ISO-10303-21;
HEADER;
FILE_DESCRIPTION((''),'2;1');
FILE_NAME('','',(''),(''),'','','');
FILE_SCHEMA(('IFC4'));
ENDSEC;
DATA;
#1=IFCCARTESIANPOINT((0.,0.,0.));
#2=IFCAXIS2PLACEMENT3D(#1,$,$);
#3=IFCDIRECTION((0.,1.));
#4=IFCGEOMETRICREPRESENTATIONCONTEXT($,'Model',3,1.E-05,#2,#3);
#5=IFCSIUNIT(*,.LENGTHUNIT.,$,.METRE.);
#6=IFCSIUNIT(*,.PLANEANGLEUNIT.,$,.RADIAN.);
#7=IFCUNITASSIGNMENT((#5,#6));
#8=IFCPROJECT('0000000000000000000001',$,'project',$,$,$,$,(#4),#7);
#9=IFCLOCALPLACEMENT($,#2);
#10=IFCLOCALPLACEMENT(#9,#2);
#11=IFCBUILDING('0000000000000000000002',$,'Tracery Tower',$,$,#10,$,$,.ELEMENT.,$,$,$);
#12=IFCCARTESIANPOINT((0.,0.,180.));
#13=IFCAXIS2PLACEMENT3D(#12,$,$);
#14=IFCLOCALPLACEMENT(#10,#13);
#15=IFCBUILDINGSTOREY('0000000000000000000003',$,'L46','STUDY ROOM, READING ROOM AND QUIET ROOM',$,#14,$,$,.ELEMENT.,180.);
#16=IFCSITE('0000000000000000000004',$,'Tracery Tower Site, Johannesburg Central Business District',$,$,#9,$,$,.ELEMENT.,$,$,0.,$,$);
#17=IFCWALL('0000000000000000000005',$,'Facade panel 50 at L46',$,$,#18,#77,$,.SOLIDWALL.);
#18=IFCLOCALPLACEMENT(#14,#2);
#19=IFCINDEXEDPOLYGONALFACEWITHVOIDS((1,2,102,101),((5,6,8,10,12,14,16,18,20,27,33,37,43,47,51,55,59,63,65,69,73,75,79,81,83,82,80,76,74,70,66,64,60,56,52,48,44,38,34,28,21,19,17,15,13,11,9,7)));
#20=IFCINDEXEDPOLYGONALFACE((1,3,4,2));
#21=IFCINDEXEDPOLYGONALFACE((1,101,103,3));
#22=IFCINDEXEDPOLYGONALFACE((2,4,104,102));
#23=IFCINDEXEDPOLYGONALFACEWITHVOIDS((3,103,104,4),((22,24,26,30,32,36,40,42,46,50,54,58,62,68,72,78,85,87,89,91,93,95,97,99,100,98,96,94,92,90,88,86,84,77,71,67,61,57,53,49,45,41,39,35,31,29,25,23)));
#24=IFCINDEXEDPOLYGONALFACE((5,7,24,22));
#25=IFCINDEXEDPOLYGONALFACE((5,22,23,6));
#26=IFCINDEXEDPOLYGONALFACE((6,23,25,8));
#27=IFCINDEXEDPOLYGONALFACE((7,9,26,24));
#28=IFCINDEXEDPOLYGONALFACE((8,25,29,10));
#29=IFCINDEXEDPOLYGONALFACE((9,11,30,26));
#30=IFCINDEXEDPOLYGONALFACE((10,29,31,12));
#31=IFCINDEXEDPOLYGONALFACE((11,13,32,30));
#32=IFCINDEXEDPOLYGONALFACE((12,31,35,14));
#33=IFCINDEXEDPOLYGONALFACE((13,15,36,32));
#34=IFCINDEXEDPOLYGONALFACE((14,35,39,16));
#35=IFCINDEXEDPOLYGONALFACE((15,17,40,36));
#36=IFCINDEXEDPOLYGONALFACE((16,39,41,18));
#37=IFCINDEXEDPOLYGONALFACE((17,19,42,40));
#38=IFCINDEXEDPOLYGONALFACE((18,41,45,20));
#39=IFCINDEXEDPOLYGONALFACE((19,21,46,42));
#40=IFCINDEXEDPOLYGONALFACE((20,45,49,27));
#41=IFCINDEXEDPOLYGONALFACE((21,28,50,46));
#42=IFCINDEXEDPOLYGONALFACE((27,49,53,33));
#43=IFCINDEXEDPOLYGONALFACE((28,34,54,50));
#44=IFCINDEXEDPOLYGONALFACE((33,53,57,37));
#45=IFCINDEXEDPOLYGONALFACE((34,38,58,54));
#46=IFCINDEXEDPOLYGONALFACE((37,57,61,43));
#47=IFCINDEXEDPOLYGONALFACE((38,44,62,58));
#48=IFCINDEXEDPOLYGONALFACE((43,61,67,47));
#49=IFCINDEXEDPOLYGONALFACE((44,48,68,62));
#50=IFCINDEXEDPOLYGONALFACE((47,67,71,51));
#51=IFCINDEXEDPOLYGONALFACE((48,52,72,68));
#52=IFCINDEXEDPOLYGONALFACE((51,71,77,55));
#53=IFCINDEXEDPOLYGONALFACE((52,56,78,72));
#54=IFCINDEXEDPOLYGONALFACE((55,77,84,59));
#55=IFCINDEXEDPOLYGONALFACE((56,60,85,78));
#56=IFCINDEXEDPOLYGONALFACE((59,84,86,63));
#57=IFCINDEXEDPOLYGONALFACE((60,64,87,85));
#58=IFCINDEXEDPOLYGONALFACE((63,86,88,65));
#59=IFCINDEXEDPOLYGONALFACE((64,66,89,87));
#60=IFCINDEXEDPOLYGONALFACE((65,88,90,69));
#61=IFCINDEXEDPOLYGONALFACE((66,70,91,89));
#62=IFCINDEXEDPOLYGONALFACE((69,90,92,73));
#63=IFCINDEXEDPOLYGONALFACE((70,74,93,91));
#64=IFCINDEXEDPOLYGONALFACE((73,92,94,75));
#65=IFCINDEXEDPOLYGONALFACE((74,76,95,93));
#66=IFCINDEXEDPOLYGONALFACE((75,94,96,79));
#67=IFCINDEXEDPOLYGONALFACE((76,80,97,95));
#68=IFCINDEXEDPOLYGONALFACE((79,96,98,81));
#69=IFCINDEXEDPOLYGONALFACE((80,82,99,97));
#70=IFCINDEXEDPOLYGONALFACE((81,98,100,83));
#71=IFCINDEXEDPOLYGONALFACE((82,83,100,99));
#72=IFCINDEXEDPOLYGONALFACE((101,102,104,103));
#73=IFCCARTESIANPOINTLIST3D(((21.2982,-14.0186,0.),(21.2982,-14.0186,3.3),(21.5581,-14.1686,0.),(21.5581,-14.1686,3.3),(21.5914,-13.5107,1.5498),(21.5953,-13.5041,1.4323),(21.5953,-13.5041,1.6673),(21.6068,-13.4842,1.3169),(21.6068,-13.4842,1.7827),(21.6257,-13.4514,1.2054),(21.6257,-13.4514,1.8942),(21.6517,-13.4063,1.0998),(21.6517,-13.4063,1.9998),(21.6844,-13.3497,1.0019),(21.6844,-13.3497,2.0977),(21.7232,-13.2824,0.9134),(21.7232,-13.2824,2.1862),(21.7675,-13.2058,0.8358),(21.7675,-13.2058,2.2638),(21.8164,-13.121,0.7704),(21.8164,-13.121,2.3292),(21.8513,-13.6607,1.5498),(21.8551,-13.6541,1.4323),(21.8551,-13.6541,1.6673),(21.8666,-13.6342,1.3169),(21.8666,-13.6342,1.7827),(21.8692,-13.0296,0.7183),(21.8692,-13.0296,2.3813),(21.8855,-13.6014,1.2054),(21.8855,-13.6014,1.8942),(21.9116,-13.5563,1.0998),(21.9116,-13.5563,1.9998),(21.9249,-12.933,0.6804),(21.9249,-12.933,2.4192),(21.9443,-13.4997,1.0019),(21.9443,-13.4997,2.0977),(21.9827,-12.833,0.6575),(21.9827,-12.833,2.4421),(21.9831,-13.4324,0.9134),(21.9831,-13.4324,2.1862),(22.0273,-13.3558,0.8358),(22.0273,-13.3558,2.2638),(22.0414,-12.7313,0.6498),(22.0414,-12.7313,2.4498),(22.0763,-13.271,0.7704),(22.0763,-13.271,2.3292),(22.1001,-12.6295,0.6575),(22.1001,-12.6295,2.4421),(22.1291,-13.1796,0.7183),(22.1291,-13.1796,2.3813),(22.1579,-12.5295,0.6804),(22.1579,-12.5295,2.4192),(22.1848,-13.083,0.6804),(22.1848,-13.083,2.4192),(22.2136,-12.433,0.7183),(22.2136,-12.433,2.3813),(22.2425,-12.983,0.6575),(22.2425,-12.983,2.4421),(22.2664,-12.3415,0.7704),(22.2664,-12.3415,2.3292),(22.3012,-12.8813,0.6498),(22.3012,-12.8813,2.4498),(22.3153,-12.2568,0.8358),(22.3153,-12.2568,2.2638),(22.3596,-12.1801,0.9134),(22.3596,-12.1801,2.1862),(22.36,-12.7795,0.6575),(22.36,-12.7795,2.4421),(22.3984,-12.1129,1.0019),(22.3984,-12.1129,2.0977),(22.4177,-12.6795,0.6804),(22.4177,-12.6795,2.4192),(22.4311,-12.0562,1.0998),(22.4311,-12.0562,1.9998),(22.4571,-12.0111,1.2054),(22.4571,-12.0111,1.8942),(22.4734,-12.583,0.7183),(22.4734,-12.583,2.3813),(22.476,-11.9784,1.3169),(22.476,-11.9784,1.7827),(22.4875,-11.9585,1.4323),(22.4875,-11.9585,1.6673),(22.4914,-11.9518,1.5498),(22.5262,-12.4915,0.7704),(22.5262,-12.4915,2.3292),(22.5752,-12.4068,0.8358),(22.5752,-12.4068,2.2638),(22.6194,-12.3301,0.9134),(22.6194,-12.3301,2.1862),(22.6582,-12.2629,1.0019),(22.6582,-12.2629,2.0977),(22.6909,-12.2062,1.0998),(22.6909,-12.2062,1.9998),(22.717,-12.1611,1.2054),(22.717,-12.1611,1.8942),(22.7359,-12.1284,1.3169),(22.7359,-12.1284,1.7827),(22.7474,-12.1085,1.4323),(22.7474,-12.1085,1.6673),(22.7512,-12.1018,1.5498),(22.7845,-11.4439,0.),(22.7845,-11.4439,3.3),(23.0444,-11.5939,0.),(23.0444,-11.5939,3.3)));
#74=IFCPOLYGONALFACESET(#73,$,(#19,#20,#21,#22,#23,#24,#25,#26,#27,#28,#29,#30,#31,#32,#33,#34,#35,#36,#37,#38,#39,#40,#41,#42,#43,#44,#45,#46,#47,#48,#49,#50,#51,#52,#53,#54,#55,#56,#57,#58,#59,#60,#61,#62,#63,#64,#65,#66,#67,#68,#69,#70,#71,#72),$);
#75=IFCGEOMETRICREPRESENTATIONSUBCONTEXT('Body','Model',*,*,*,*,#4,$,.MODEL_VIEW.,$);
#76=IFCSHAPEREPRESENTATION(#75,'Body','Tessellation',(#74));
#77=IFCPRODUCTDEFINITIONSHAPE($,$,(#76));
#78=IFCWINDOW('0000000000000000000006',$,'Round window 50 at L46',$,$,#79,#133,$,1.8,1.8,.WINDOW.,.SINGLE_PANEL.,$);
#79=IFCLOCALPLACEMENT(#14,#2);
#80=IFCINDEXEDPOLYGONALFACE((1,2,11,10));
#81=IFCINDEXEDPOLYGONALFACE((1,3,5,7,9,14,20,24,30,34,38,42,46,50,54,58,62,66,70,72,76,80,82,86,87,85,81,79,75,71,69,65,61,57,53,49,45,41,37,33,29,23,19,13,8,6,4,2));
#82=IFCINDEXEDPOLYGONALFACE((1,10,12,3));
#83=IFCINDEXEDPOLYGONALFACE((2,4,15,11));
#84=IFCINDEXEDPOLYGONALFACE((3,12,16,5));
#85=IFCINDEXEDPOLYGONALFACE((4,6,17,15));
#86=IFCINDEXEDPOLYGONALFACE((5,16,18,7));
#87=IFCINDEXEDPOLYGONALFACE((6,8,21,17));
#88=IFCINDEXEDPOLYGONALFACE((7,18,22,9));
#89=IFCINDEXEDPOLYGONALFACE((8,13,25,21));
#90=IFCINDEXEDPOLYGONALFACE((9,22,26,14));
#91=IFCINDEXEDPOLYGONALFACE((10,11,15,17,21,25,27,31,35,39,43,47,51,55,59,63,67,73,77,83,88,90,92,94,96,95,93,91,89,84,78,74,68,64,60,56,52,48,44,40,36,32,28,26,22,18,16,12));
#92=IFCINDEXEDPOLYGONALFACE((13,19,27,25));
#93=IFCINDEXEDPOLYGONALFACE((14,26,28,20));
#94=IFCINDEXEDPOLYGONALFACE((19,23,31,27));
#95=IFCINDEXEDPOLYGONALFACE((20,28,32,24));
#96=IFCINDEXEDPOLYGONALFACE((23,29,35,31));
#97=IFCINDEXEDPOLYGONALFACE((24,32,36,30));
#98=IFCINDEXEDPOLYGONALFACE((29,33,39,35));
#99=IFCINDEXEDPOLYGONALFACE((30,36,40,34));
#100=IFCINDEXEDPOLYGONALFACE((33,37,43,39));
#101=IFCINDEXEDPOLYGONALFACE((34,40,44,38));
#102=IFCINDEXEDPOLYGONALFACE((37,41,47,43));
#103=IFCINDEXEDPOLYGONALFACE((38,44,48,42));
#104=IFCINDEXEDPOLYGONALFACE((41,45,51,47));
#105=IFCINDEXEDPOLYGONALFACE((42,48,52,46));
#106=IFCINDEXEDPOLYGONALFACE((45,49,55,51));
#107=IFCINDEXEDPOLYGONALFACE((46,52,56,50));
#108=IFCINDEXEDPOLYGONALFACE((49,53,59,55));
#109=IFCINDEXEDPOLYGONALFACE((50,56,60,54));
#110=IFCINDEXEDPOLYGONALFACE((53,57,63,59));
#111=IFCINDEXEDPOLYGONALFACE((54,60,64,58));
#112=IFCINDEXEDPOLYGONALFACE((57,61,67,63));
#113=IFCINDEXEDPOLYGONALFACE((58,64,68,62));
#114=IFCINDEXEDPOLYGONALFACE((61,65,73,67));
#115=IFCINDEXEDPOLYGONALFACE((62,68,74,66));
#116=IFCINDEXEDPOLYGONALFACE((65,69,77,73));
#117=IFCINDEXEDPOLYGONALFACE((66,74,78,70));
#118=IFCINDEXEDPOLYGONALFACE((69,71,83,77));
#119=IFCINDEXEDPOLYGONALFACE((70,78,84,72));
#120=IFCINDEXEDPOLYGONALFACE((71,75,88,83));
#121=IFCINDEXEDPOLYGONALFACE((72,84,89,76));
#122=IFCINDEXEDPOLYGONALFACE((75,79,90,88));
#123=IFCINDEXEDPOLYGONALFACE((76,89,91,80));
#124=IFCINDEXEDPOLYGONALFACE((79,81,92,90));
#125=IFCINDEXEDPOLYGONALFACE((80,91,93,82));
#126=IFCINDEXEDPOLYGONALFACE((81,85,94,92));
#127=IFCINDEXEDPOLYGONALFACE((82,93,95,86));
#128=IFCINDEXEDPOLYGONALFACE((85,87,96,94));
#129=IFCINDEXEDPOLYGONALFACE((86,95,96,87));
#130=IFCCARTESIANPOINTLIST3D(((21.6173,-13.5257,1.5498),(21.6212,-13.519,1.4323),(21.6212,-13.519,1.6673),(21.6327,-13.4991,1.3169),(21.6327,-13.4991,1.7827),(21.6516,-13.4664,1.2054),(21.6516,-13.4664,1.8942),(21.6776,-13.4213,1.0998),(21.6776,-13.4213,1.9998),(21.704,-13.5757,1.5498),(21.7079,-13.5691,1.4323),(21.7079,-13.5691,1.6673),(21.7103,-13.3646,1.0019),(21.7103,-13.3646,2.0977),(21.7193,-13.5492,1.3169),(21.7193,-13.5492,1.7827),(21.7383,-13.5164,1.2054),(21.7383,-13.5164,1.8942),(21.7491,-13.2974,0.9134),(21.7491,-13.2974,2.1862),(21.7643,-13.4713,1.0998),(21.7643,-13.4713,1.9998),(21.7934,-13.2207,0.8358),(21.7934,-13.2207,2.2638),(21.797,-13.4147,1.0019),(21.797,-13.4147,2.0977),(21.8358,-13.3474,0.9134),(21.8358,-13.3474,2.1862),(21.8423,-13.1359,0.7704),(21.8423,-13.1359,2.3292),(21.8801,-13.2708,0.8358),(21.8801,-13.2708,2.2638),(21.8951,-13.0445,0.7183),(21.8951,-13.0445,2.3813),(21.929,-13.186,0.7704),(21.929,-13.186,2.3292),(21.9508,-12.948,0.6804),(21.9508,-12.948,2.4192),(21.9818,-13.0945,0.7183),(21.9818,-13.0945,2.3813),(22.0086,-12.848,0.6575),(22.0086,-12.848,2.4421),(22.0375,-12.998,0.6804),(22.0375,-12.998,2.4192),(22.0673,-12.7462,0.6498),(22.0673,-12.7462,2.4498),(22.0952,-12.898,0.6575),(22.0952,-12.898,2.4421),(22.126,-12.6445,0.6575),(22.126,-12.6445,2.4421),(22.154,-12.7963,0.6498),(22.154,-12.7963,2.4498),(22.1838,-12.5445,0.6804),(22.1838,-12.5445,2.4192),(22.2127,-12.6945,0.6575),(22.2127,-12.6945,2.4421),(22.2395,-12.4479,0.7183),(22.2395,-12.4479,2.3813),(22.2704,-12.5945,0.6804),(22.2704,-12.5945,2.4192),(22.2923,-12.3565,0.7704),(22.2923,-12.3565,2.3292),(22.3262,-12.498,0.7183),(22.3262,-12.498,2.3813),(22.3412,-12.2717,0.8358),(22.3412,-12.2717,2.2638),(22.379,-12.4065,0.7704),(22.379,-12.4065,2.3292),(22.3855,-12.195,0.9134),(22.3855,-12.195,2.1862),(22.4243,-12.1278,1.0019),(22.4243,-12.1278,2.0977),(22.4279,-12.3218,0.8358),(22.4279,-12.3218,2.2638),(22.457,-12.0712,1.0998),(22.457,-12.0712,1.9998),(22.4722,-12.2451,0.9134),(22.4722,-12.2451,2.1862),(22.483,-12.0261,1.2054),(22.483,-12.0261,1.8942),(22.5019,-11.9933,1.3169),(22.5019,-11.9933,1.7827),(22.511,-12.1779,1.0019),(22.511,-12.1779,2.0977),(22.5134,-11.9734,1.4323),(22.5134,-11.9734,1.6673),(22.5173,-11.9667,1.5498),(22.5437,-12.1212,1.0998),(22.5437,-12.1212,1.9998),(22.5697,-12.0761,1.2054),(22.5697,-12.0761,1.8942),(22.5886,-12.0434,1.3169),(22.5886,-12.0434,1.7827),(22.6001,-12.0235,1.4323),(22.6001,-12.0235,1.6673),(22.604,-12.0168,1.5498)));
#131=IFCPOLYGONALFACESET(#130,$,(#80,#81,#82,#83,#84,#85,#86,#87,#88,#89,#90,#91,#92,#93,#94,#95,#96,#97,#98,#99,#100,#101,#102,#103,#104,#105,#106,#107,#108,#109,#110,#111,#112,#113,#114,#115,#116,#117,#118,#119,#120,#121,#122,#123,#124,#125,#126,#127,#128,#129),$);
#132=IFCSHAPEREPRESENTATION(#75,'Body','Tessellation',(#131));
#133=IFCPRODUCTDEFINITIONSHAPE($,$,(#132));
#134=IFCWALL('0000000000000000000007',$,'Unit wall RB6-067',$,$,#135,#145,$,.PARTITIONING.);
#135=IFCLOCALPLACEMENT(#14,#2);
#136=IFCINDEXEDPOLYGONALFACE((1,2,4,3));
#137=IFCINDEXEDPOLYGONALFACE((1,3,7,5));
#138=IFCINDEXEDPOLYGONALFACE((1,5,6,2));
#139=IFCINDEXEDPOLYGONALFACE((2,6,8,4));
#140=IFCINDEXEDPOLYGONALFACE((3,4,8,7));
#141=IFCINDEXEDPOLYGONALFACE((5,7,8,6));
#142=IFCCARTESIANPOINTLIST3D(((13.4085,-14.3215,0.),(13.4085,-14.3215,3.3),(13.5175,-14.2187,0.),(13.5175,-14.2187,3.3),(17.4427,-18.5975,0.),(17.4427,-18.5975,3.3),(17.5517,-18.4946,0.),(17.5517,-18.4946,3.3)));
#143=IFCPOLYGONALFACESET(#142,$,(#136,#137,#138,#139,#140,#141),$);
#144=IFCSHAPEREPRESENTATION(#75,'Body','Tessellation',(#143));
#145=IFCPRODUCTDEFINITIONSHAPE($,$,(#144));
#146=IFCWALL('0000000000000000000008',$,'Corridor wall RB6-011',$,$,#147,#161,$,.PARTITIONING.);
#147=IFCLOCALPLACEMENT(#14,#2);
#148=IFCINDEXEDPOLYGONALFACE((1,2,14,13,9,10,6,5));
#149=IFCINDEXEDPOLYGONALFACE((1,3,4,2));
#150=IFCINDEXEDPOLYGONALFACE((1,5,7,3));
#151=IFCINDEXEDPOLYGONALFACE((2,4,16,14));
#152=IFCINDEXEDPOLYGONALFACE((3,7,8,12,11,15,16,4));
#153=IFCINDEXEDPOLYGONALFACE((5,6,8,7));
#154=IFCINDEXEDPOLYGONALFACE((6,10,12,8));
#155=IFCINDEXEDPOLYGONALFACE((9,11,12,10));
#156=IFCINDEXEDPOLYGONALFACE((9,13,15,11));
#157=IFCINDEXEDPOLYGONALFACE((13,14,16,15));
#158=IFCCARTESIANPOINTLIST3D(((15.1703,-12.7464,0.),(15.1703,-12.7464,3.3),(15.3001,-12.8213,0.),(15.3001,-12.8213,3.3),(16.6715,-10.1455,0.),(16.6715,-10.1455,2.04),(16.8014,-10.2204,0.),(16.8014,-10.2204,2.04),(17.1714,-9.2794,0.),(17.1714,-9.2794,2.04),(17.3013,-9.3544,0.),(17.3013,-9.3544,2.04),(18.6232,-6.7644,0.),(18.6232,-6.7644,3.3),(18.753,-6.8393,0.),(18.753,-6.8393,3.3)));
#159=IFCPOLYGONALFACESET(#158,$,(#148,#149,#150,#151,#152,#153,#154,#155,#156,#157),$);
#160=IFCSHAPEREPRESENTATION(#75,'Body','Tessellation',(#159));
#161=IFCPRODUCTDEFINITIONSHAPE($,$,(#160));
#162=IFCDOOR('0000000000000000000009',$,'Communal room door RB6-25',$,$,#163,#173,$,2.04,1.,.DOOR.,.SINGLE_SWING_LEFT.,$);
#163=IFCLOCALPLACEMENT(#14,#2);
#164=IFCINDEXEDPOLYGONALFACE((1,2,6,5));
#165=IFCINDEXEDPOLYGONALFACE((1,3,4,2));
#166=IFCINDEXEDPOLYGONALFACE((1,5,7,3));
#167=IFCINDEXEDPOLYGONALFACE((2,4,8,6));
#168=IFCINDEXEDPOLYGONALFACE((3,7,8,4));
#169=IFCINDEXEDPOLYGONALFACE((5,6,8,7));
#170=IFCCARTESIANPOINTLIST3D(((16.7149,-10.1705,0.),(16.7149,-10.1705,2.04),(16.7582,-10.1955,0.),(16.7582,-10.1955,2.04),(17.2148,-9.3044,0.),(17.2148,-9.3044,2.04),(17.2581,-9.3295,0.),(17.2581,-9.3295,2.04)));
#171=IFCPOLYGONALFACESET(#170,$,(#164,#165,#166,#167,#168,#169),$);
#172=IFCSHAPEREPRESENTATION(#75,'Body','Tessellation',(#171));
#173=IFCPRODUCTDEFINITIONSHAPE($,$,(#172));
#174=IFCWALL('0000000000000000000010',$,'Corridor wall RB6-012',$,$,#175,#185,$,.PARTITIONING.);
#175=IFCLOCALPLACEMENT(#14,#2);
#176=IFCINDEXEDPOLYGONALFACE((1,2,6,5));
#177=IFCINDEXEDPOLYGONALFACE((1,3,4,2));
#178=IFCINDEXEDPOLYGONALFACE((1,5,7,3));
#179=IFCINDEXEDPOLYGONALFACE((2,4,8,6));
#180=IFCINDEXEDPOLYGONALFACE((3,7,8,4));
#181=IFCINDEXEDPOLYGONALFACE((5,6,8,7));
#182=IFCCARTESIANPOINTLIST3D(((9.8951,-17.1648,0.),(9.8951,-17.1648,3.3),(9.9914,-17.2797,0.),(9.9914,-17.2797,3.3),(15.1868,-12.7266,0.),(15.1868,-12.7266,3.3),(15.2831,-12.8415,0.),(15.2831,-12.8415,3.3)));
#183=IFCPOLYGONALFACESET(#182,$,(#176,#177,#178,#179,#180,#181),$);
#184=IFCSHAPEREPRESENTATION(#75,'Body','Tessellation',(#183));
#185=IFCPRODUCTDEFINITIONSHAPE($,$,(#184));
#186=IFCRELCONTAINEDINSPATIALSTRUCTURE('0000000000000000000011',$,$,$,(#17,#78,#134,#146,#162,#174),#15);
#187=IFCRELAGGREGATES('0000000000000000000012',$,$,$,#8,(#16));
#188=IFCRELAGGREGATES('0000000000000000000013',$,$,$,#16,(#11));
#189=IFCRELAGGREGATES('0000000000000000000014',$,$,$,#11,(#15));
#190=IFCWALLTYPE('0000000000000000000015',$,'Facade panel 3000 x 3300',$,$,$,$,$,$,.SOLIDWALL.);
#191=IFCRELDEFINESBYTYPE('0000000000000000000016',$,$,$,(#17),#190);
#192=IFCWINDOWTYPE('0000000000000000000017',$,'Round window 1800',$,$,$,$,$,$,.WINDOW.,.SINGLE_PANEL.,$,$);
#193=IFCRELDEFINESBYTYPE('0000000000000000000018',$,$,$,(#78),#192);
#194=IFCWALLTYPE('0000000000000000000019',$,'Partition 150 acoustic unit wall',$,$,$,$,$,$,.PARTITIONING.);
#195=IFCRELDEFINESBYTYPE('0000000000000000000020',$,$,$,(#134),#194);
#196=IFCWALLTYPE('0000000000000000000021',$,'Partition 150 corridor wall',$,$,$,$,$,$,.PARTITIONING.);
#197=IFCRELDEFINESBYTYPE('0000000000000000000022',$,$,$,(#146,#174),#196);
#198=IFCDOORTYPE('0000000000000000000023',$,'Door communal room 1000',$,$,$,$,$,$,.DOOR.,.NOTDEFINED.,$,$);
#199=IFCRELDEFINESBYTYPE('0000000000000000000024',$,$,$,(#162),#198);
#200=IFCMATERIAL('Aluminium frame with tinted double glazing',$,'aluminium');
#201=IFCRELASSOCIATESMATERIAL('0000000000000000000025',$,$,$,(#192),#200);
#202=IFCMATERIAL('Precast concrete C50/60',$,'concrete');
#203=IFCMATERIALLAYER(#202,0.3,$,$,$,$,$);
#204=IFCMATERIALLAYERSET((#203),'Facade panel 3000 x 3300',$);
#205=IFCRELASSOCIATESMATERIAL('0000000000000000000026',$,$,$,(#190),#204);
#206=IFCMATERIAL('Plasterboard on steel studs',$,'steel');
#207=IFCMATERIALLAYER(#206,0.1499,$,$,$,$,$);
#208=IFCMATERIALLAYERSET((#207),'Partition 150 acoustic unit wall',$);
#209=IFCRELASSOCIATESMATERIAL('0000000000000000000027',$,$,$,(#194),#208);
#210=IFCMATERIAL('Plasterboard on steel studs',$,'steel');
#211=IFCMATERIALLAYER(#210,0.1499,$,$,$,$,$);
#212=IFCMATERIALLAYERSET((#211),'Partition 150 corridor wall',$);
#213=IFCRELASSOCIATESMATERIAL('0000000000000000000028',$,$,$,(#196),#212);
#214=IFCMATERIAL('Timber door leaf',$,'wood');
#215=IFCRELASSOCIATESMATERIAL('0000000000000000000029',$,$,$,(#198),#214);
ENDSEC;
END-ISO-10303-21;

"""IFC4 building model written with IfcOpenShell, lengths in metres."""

from ifc_helpers import new_model, si_unit, direction, frame, frame_2d, origin, origin_2d, place, context, subcontext, project, spatial, rectangle, circle, extrude, material, layer, layer_set, type_object, element, fill, save


model = new_model("IFC4")

# Units and contexts
model_context = context("Model", 3, precision=1e-05, world=origin(), true_north=direction((0.0, 1.0)))
body_context = subcontext(model_context, "Body", "Model", "MODEL_VIEW")
ifc_project = project(units=[si_unit("LENGTHUNIT", "METRE"), si_unit("PLANEANGLEUNIT", "RADIAN")], contexts=[model_context])

# Site, building, storey
site_placement = place(None, origin())
site = spatial("IfcSite", under=ifc_project, at=site_placement, Name="Tracery Tower Site, Johannesburg Central Business District", CompositionType="ELEMENT", RefElevation=0.0)
building_placement = place(site_placement, origin())
building = spatial("IfcBuilding", under=site, at=building_placement, Name="Tracery Tower", CompositionType="ELEMENT")
storey_placement = place(building_placement, frame((0.0, 0.0, 180.0)))
storey = spatial("IfcBuildingStorey", under=building, at=storey_placement, Name="L46", Description="STUDY ROOM, READING ROOM AND QUIET ROOM", CompositionType="ELEMENT", Elevation=180.0)

# Wall, opening, window
ifc_material_1 = material(Name="Aluminium frame with tinted double glazing", Category="aluminium")
window_type = type_object("IfcWindowType", Name="Round window 1800", PartitioningType="SINGLE_PANEL", PredefinedType="WINDOW", material=ifc_material_1)
ifc_material_2 = material(Name="Precast concrete C50/60", Category="concrete")
ifc_layer_1 = layer(ifc_material_2, 0.3)
ifc_layer_set_1 = layer_set([ifc_layer_1], Name="Facade panel 3000 x 3300")
wall_type_1 = type_object("IfcWallType", Name="Facade panel 3000 x 3300", PredefinedType="SOLIDWALL", material=ifc_layer_set_1)
wall_1_placement = place(storey_placement, frame((21.4282, -14.0935, 0.0), z_axis=(0.0, 0.0, 1.0), x_axis=(0.499955, 0.866052, 0.0)))
wall_1 = element("IfcWall", 1, at=wall_1_placement, inside=storey, type_object=wall_type_1, Name="Facade panel 50 at L46", PredefinedType="SOLIDWALL", context=body_context, shape_type="SweptSolid", body=[
    extrude(rectangle(XDim=2.9729, YDim=0.3, at=frame_2d((1.4863, 0.0))), origin(), (0.0, 0.0, 1.0), 3.3),
])
opening_1_placement = place(wall_1_placement, frame((1.4863, 0.0, 1.5498)))
opening_1 = element("IfcOpeningElement", 2, at=opening_1_placement, cuts=wall_1, PredefinedType="OPENING", context=body_context, shape_type="SweptSolid", body=[
    extrude(circle(Radius=0.9, at=origin_2d()), frame((0.0, 0.1599, 0.0), z_axis=(0.0, -1.0, 0.0), x_axis=(1.0, 0.0, 0.0)), (0.0, 0.0, 1.0), 0.3201),
])
window_1_placement = place(opening_1_placement, origin())
window_1 = element("IfcWindow", 3, at=window_1_placement, inside=storey, type_object=window_type, Name="Round window 50 at L46", OverallHeight=1.8, OverallWidth=1.8, PartitioningType="SINGLE_PANEL", PredefinedType="WINDOW", context=body_context, shape_type="SweptSolid", body=[
    extrude(circle(Radius=0.9, at=origin_2d()), frame((0.0, 0.1201, 0.0), z_axis=(0.0, -1.0, 0.0), x_axis=(1.0, 0.0, 0.0)), (0.0, 0.0, 1.0), 0.1001),
])
fill(opening_1, window_1)

# Wall
ifc_material_3 = material(Name="Plasterboard on steel studs", Category="steel")
ifc_layer_2 = layer(ifc_material_3, 0.1499)
ifc_layer_set_2 = layer_set([ifc_layer_2], Name="Partition 150 acoustic unit wall")
wall_type_2 = type_object("IfcWallType", Name="Partition 150 acoustic unit wall", PredefinedType="PARTITIONING", material=ifc_layer_set_2)
wall_2_placement = place(storey_placement, frame((13.4629, -14.27, 0.0), z_axis=(0.0, 0.0, 1.0), x_axis=(0.68625, -0.727365, 0.0)))
element("IfcWall", 4, at=wall_2_placement, inside=storey, type_object=wall_type_2, Name="Unit wall RB6-067", PredefinedType="PARTITIONING", context=body_context, shape_type="SweptSolid", body=[
    extrude(rectangle(XDim=5.8787, YDim=0.1499, at=frame_2d((2.9395, 0.0))), origin(), (0.0, 0.0, 1.0), 3.3),
])

# Wall, opening, door
ifc_material_4 = material(Name="Plasterboard on steel studs", Category="steel")
ifc_layer_3 = layer(ifc_material_4, 0.1499)
ifc_layer_set_3 = layer_set([ifc_layer_3], Name="Partition 150 corridor wall")
wall_type_3 = type_object("IfcWallType", Name="Partition 150 corridor wall", PredefinedType="PARTITIONING", material=ifc_layer_set_3)
wall_3_placement = place(storey_placement, frame((15.2351, -12.7839, 0.0), z_axis=(0.0, 0.0, 1.0), x_axis=(0.499914, 0.866075, 0.0)))
wall_3 = element("IfcWall", 5, at=wall_3_placement, inside=storey, type_object=wall_type_3, Name="Corridor wall RB6-011", PredefinedType="PARTITIONING", context=body_context, shape_type="SweptSolid", body=[
    extrude(rectangle(XDim=6.907, YDim=0.1499, at=frame_2d((3.4536, 0.0))), origin(), (0.0, 0.0, 1.0), 3.3),
])
opening_2_placement = place(wall_3_placement, frame((3.0032, 0.0, 0.0)))
opening_2 = element("IfcOpeningElement", 6, at=opening_2_placement, cuts=wall_3, PredefinedType="OPENING", context=body_context, shape_type="SweptSolid", body=[
    extrude(rectangle(XDim=1.0, YDim=2.04, at=frame_2d((0.5, 1.02))), frame((0.0, 0.075, 0.0), z_axis=(0.0, -1.0, 0.0), x_axis=(1.0, 0.0, 0.0)), (0.0, 0.0, 1.0), 0.1499),
])
ifc_material_5 = material(Name="Timber door leaf", Category="wood")
door_type = type_object("IfcDoorType", Name="Door communal room 1000", OperationType="NOTDEFINED", PredefinedType="DOOR", material=ifc_material_5)
door_placement = place(opening_2_placement, origin())
door = element("IfcDoor", 7, at=door_placement, inside=storey, type_object=door_type, Name="Communal room door RB6-25", OperationType="SINGLE_SWING_LEFT", OverallHeight=2.04, OverallWidth=1.0, PredefinedType="DOOR", context=body_context, shape_type="SweptSolid", body=[
    extrude(rectangle(XDim=1.0, YDim=2.04, at=frame_2d((0.5, 1.02))), frame((0.0, 0.0249, 0.0), z_axis=(0.0, -1.0, 0.0), x_axis=(1.0, 0.0, 0.0)), (0.0, 0.0, 1.0), 0.05),
])
fill(opening_2, door)

# Wall
wall_4_placement = place(storey_placement, frame((9.9434, -17.2222, 0.0), z_axis=(0.0, 0.0, 1.0), x_axis=(0.766192, 0.642612, 0.0)))
element("IfcWall", 8, at=wall_4_placement, inside=storey, type_object=wall_type_3, Name="Corridor wall RB6-012", PredefinedType="PARTITIONING", context=body_context, shape_type="SweptSolid", body=[
    extrude(rectangle(XDim=6.9065, YDim=0.1499, at=frame_2d((3.4531, 0.0))), origin(), (0.0, 0.0, 1.0), 3.3),
])

save(model, "model.ifc")
